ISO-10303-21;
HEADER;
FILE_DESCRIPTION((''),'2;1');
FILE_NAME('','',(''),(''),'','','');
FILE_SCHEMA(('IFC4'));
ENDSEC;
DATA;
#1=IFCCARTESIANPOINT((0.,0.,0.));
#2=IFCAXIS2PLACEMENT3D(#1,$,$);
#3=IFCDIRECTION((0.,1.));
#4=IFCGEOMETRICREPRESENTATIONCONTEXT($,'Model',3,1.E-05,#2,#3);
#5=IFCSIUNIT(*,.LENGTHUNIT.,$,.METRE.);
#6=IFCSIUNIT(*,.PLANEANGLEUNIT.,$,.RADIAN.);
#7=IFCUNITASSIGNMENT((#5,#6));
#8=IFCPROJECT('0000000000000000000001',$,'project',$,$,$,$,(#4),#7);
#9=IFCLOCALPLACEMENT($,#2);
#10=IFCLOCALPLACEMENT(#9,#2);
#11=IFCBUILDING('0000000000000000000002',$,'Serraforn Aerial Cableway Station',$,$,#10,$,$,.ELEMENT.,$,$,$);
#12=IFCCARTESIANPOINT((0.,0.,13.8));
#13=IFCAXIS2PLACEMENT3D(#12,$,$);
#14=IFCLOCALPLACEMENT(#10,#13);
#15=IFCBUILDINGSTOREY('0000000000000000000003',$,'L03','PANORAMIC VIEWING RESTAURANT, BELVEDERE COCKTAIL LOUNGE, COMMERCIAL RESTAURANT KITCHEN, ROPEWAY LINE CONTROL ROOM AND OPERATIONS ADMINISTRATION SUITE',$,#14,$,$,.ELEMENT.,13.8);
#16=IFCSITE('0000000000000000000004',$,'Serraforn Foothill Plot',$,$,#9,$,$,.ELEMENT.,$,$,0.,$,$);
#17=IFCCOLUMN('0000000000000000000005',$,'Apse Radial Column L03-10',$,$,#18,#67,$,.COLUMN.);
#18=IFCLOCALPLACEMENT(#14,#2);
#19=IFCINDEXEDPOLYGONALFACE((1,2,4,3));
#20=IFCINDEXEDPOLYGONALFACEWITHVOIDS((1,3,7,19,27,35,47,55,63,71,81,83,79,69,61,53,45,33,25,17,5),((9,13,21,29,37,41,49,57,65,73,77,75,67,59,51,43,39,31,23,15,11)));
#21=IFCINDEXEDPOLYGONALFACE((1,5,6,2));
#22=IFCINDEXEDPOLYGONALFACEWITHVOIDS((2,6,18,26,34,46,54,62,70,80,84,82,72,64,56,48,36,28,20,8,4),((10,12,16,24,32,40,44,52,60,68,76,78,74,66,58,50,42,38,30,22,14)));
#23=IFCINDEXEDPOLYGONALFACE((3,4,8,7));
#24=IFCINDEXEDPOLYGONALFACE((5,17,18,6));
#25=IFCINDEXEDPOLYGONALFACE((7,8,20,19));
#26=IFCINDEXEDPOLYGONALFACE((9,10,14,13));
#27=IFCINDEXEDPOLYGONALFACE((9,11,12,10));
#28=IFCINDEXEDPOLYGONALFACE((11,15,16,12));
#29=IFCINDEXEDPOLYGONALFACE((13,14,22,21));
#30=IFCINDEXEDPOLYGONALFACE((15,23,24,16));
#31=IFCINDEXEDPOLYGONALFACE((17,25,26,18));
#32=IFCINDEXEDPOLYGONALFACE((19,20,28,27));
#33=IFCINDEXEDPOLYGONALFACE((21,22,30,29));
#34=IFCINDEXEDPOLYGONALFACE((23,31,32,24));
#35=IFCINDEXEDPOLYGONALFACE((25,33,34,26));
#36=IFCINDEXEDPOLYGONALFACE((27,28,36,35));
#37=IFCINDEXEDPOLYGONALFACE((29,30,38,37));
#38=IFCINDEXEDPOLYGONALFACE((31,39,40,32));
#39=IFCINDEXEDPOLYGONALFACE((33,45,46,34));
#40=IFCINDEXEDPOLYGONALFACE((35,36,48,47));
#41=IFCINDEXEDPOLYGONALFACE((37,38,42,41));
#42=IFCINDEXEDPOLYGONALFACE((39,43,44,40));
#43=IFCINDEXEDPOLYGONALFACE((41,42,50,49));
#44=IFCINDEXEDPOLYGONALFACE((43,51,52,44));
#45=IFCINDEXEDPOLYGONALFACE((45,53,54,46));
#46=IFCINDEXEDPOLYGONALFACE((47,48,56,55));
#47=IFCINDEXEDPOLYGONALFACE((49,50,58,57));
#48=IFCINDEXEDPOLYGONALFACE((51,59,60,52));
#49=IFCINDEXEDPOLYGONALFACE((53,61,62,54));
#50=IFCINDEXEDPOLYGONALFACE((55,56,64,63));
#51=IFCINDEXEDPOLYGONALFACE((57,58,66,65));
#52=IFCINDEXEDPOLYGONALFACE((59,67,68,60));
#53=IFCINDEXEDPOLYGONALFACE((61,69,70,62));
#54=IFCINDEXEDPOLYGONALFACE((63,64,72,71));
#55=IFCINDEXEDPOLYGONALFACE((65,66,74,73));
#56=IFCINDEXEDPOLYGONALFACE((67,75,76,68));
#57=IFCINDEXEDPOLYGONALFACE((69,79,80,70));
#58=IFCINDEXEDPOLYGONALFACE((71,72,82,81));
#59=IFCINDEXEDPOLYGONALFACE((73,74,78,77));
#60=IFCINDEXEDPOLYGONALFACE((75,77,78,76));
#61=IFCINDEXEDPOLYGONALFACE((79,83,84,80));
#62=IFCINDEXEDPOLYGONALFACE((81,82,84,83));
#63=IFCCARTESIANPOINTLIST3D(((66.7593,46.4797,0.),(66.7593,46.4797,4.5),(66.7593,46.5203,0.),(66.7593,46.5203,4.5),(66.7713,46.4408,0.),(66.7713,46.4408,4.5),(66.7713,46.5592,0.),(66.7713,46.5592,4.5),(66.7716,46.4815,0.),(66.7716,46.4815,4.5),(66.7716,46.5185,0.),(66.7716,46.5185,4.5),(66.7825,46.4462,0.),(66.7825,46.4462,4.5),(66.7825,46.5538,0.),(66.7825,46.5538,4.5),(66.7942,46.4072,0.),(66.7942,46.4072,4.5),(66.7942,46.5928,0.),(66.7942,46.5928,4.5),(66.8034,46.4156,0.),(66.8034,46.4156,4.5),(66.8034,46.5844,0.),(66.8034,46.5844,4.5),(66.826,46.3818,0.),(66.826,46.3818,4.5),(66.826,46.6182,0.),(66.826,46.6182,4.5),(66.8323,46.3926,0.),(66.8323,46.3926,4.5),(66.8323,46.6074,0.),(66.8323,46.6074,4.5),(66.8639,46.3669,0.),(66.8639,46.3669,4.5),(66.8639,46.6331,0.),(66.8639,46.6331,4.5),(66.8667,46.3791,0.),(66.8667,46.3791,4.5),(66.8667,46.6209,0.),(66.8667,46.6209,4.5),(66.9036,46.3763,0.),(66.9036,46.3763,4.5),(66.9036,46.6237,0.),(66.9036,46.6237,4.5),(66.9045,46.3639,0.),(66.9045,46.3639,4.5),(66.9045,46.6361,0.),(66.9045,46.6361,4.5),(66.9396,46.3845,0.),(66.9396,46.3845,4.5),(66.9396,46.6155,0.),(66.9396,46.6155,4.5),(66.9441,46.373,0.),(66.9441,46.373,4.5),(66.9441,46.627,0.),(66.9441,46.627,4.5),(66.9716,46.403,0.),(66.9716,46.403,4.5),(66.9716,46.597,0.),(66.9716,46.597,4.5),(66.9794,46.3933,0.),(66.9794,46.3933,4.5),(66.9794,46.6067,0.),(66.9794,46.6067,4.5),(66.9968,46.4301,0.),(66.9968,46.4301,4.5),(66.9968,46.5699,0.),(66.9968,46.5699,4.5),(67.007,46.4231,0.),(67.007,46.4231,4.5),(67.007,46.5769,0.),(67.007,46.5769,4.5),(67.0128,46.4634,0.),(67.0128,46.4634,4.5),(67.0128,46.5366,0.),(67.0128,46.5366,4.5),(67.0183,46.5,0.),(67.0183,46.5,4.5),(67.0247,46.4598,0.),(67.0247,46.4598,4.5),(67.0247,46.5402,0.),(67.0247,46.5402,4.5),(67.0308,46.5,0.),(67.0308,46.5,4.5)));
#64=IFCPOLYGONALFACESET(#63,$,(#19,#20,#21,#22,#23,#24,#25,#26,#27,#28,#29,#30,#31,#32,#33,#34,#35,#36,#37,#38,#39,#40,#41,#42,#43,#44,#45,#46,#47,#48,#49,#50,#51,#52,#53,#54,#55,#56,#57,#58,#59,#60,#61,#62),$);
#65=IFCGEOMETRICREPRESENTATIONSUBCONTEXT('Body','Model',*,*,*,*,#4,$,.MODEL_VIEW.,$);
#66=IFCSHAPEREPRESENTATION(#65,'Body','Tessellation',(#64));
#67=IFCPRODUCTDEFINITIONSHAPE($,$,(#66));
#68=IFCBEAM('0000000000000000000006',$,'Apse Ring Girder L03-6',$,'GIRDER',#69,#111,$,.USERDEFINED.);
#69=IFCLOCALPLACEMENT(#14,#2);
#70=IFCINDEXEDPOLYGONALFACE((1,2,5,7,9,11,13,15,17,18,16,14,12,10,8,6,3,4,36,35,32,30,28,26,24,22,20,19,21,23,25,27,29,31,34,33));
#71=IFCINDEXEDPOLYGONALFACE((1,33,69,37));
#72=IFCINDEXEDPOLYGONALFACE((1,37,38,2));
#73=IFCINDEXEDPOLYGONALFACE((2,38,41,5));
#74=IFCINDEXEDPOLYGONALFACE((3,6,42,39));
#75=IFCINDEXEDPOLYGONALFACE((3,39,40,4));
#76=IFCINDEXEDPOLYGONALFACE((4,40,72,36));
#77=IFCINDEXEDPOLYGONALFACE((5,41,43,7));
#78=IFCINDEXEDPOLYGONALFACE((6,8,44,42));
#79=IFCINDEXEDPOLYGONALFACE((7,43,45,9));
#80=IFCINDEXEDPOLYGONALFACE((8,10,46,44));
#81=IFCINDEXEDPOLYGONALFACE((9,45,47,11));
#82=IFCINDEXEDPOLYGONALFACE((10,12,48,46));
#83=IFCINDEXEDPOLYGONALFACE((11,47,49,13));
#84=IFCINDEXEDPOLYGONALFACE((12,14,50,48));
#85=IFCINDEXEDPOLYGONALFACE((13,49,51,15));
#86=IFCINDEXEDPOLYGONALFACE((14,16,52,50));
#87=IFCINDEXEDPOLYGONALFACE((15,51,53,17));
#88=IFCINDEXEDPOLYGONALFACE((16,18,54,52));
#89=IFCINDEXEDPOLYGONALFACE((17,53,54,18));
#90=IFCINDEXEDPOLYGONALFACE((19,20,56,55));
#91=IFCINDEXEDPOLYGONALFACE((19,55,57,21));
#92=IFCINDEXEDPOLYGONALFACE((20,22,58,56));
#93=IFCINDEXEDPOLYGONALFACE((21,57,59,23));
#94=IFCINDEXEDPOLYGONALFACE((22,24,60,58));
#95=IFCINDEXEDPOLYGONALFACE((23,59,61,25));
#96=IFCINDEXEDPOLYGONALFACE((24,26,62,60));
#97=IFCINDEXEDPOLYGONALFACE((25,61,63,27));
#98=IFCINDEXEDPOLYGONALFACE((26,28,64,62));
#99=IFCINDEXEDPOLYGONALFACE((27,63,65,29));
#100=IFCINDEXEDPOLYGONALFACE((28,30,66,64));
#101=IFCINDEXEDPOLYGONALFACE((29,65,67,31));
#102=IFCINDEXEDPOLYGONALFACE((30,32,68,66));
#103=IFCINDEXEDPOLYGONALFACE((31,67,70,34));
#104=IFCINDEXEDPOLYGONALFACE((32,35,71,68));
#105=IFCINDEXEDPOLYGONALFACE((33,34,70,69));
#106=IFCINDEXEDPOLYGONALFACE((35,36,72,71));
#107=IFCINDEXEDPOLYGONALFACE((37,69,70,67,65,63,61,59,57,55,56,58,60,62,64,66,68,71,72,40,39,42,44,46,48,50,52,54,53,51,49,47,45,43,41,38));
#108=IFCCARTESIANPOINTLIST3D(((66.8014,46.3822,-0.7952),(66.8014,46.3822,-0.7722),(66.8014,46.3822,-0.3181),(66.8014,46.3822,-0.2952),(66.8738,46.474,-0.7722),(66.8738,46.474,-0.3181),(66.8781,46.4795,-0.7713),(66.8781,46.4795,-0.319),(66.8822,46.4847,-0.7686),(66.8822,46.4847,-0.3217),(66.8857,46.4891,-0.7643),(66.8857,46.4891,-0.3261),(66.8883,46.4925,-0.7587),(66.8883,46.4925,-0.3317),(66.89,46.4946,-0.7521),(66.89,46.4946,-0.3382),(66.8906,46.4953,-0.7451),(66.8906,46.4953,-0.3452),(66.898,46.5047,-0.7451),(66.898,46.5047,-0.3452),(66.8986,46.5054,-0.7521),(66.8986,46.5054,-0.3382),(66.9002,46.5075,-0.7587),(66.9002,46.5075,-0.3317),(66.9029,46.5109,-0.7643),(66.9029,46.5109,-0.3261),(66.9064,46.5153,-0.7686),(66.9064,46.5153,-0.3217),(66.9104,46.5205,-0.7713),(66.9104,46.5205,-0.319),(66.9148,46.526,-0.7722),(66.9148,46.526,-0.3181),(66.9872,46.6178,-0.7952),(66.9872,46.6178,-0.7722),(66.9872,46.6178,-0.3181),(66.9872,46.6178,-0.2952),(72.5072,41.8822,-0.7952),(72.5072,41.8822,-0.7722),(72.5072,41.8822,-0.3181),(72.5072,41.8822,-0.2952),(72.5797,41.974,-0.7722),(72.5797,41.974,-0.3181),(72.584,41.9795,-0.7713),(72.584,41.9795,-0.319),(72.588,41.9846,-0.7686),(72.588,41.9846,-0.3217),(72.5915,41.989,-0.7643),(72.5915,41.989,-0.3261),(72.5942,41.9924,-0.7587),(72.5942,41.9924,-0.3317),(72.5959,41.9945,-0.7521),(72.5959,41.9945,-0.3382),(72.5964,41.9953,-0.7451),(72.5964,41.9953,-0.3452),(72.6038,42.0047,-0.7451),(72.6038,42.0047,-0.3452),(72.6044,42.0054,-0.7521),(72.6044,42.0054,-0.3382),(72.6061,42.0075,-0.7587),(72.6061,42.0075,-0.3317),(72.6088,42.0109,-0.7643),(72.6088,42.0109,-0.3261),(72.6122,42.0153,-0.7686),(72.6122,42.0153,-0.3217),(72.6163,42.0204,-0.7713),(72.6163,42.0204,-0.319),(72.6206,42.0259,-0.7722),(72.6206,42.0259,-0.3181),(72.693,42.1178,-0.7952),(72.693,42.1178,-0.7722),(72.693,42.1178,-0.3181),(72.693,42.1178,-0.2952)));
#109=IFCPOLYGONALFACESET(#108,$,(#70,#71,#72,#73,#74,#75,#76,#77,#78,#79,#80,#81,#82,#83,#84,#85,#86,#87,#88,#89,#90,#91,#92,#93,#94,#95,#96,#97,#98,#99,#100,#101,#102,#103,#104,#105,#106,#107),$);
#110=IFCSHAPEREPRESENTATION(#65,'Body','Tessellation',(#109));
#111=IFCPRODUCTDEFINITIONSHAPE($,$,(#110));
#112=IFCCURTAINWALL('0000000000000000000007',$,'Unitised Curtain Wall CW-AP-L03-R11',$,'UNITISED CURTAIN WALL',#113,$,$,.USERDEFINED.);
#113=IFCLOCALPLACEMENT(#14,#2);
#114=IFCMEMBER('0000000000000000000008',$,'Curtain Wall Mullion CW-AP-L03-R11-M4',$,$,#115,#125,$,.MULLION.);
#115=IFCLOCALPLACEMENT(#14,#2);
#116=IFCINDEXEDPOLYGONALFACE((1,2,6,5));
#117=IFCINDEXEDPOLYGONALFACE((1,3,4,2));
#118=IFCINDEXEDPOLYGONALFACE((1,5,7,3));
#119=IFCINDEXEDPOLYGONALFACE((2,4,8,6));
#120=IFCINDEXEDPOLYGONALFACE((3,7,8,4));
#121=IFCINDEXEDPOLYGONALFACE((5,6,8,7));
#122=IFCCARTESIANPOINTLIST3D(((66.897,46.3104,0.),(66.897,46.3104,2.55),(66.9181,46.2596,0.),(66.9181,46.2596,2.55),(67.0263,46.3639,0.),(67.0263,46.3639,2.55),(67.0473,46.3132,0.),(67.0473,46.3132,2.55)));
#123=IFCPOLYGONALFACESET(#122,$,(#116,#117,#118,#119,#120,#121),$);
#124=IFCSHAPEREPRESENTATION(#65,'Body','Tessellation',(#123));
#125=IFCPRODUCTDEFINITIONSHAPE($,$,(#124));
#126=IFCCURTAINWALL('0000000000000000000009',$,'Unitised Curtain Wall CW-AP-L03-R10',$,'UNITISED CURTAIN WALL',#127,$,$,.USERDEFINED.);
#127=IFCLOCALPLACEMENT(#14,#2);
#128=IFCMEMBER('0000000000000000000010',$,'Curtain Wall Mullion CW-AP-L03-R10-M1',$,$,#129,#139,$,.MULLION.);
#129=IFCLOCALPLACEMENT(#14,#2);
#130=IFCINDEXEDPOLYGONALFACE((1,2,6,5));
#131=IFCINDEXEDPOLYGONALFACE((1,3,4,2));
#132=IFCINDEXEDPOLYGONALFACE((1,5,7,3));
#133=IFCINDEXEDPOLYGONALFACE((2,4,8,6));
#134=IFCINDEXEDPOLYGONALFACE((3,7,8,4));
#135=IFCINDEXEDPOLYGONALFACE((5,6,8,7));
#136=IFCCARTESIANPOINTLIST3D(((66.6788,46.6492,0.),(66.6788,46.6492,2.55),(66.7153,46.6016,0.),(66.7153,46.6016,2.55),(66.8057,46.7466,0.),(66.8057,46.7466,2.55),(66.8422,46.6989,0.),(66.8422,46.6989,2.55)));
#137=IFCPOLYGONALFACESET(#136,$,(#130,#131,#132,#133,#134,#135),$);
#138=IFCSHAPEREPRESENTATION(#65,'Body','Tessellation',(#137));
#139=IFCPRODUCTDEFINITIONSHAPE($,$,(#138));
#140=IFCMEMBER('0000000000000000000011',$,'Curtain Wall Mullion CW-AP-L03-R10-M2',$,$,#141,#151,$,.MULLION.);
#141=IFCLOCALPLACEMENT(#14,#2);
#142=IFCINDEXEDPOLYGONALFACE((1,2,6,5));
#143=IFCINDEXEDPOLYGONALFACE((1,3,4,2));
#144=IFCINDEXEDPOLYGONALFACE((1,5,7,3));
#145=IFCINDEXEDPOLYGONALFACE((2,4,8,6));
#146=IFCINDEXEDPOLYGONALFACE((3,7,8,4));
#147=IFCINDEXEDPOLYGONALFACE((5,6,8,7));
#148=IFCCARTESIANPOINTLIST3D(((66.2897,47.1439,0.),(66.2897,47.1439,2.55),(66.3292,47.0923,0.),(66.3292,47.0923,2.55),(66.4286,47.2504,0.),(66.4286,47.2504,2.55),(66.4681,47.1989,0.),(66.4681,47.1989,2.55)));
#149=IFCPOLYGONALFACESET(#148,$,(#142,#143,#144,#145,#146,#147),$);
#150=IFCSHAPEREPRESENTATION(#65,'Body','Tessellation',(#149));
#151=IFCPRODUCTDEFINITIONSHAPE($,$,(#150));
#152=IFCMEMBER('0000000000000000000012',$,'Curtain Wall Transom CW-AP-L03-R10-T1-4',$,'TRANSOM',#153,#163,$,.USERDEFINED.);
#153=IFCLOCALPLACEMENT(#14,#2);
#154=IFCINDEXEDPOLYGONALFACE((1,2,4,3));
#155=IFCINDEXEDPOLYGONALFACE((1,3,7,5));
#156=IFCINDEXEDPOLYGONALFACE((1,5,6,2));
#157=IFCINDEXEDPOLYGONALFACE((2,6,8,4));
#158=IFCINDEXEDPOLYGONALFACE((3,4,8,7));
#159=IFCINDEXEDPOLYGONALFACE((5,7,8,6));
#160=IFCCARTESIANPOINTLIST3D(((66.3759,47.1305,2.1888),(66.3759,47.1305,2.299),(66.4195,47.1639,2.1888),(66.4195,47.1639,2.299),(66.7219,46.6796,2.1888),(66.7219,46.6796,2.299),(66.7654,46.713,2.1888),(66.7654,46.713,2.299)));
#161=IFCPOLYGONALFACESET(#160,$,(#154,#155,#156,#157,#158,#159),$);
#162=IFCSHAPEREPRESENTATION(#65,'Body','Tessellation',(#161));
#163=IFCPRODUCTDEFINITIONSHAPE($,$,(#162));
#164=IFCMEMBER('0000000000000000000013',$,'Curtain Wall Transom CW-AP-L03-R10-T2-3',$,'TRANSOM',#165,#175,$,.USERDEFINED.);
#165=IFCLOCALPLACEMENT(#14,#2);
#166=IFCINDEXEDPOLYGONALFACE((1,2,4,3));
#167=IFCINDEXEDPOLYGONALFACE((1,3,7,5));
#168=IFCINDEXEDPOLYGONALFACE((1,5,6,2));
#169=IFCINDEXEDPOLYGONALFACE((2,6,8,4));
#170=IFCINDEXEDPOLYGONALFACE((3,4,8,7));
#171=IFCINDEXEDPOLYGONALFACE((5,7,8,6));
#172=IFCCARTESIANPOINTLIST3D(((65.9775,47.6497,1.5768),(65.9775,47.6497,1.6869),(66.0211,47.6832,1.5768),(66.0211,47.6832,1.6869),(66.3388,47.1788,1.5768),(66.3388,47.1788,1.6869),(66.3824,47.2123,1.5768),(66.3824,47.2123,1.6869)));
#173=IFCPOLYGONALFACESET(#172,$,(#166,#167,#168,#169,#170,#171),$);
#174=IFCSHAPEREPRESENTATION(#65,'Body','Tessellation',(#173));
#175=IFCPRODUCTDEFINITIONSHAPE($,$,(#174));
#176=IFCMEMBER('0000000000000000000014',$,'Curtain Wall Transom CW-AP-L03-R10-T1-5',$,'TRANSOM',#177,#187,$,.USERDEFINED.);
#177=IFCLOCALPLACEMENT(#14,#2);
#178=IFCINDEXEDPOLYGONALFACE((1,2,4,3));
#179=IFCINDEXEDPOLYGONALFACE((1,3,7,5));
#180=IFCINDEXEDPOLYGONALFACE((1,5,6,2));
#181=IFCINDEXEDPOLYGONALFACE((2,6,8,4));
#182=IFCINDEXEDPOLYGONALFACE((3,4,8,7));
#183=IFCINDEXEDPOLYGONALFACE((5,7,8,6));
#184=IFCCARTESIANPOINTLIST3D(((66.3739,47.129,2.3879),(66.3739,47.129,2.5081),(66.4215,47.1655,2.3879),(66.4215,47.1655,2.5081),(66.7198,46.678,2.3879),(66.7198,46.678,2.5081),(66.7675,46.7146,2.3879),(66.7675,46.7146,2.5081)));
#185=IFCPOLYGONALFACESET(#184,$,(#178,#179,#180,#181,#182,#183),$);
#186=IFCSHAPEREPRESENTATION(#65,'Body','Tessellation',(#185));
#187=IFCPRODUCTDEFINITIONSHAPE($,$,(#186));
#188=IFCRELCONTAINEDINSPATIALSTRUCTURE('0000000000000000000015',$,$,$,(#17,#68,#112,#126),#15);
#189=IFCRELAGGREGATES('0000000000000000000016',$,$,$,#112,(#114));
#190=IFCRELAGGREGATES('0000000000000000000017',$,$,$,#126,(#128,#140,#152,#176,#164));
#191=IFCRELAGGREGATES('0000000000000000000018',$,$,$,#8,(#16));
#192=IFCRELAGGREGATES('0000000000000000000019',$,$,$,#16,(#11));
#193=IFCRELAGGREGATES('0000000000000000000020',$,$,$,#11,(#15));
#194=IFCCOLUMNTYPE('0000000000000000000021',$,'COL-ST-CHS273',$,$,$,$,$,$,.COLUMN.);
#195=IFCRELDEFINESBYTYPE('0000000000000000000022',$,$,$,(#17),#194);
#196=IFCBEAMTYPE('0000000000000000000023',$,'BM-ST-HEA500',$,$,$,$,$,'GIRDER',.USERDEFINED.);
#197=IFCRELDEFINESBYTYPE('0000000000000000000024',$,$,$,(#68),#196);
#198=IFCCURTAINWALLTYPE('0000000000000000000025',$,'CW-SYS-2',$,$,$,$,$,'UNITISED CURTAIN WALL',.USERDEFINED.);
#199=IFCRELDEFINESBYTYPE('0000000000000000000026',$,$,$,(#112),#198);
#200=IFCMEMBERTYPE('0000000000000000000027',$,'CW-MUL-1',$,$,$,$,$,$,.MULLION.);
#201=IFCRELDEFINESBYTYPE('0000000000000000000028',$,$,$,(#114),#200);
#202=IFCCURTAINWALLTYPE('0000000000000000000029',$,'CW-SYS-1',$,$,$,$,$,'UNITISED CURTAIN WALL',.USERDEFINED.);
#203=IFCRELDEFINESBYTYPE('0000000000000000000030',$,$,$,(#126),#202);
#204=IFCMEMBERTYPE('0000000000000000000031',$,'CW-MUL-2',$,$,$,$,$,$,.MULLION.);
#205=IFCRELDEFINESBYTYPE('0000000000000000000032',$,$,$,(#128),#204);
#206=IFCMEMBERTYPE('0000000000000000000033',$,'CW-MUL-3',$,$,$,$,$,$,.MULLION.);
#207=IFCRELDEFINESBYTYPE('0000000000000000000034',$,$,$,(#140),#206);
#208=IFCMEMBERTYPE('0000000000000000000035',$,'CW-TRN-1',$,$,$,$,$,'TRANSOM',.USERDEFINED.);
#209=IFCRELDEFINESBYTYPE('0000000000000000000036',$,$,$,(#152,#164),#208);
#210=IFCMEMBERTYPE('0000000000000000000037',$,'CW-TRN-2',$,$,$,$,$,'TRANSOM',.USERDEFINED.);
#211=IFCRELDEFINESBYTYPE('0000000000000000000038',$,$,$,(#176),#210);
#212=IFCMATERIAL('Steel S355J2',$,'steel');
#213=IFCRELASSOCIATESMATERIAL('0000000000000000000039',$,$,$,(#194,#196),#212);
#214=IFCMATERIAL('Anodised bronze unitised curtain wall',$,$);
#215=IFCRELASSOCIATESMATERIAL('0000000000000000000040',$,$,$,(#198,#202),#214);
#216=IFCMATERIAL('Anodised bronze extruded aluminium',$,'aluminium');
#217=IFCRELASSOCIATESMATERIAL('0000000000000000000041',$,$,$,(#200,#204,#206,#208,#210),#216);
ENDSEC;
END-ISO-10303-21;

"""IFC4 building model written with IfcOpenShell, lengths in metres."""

from ifc_helpers import new_model, si_unit, direction, frame, origin, origin_2d, place, context, subcontext, project, spatial, rectangle, hollow_circle, i_section, extrude, material, material_profile, profile_set, type_object, element, aggregate, save


model = new_model("IFC4")

# Units and contexts
model_context = context("Model", 3, precision=1e-05, world=origin(), true_north=direction((0.0, 1.0)))
body_context = subcontext(model_context, "Body", "Model", "MODEL_VIEW")
ifc_project = project(units=[si_unit("LENGTHUNIT", "METRE"), si_unit("PLANEANGLEUNIT", "RADIAN")], contexts=[model_context])

# Site, building, storey
site_placement = place(None, origin())
site = spatial("IfcSite", under=ifc_project, at=site_placement, Name="Serraforn Foothill Plot", CompositionType="ELEMENT", RefElevation=0.0)
building_placement = place(site_placement, origin())
building = spatial("IfcBuilding", under=site, at=building_placement, Name="Serraforn Aerial Cableway Station", CompositionType="ELEMENT")
storey_placement = place(building_placement, frame((0.0, 0.0, 13.8)))
storey = spatial("IfcBuildingStorey", under=building, at=storey_placement, Name="L03", Description="PANORAMIC VIEWING RESTAURANT, BELVEDERE COCKTAIL LOUNGE, COMMERCIAL RESTAURANT KITCHEN, ROPEWAY LINE CONTROL ROOM AND OPERATIONS ADMINISTRATION SUITE", CompositionType="ELEMENT", Elevation=13.8)

# Column
ifc_material_1 = material(Name="Steel S355J2", Category="steel")
ifc_material_profile_1 = material_profile(ifc_material_1, hollow_circle(Radius=0.1365, WallThickness=0.0125, at=origin_2d()), Name="CHS 273.0x12.5")
ifc_profile_set_1 = profile_set([ifc_material_profile_1], Name="Steel S355J2")
column_type = type_object("IfcColumnType", Name="COL-ST-CHS273", PredefinedType="COLUMN", material=ifc_profile_set_1)
column_placement = place(storey_placement, frame((66.8943, 46.5, 0.0), z_axis=(0.0, 0.0, 1.0), x_axis=(1.0, 0.0, 0.0)))
element("IfcColumn", 1, at=column_placement, inside=storey, type_object=column_type, Name="Apse Radial Column L03-10", PredefinedType="COLUMN", context=body_context, shape_type="SweptSolid", body=[
    extrude(hollow_circle(Radius=0.1365, WallThickness=0.0125, at=origin_2d()), origin(), (0.0, 0.0, 1.0), 4.5),
])

# Beam
ifc_material_profile_2 = material_profile(ifc_material_1, i_section(OverallWidth=0.3, OverallDepth=0.5, WebThickness=0.012, FlangeThickness=0.0229, FilletRadius=0.0271, at=origin_2d()), Name="HEA 500")
ifc_profile_set_2 = profile_set([ifc_material_profile_2], Name="Steel S355J2")
beam_type = type_object("IfcBeamType", Name="BM-ST-HEA500", ElementType="GIRDER", PredefinedType="USERDEFINED", material=ifc_profile_set_2)
beam_placement = place(storey_placement, frame((66.8943, 46.5, -0.5452), z_axis=(0.78519, -0.619255, 0.0), x_axis=(0.619255, 0.78519, 0.0)))
element("IfcBeam", 2, at=beam_placement, inside=storey, type_object=beam_type, Name="Apse Ring Girder L03-6", ObjectType="GIRDER", PredefinedType="USERDEFINED", context=body_context, shape_type="SweptSolid", body=[
    extrude(i_section(OverallWidth=0.3, OverallDepth=0.5, WebThickness=0.012, FlangeThickness=0.0229, FilletRadius=0.0271, at=origin_2d()), origin(), (0.0, 0.0, 1.0), 7.2668),
])

# Curtain wall, member
ifc_material_2 = material(Name="Anodised bronze unitised curtain wall")
curtain_wall_type_1 = type_object("IfcCurtainWallType", Name="CW-SYS-2", ElementType="UNITISED CURTAIN WALL", PredefinedType="USERDEFINED", material=ifc_material_2)
curtain_wall_1_placement = place(storey_placement, origin())
curtain_wall_1 = element("IfcCurtainWall", 3, at=curtain_wall_1_placement, inside=storey, type_object=curtain_wall_type_1, Name="Unitised Curtain Wall CW-AP-L03-R11", ObjectType="UNITISED CURTAIN WALL", PredefinedType="USERDEFINED")
ifc_material_3 = material(Name="Anodised bronze extruded aluminium", Category="aluminium")
ifc_material_profile_3 = material_profile(ifc_material_3, rectangle(XDim=0.0549, YDim=0.1399, at=origin_2d()), Name="CW MULLION 55x140")
ifc_profile_set_3 = profile_set([ifc_material_profile_3], Name="Anodised bronze extruded aluminium")
member_type_1 = type_object("IfcMemberType", Name="CW-MUL-1", PredefinedType="MULLION", material=ifc_profile_set_3)
member_1_placement = place(storey_placement, frame((66.9722, 46.3118, 0.0), z_axis=(0.0, 0.0, 1.0), x_axis=(-0.382666, 0.923887, 0.0)))
member_1 = element("IfcMember", 4, at=member_1_placement, type_object=member_type_1, Name="Curtain Wall Mullion CW-AP-L03-R11-M4", PredefinedType="MULLION", context=body_context, shape_type="SweptSolid", body=[
    extrude(rectangle(XDim=0.0549, YDim=0.1399, at=origin_2d()), origin(), (0.0, 0.0, 1.0), 2.55),
])

# Curtain wall, members
curtain_wall_type_2 = type_object("IfcCurtainWallType", Name="CW-SYS-1", ElementType="UNITISED CURTAIN WALL", PredefinedType="USERDEFINED", material=ifc_material_2)
curtain_wall_2_placement = place(storey_placement, origin())
curtain_wall_2 = element("IfcCurtainWall", 5, at=curtain_wall_2_placement, inside=storey, type_object=curtain_wall_type_2, Name="Unitised Curtain Wall CW-AP-L03-R10", ObjectType="UNITISED CURTAIN WALL", PredefinedType="USERDEFINED")
ifc_material_profile_4 = material_profile(ifc_material_3, rectangle(XDim=0.0601, YDim=0.1599, at=origin_2d()), Name="CW MULLION 60x160")
ifc_profile_set_4 = profile_set([ifc_material_profile_4], Name="Anodised bronze extruded aluminium")
member_type_2 = type_object("IfcMemberType", Name="CW-MUL-2", PredefinedType="MULLION", material=ifc_profile_set_4)
member_2_placement = place(storey_placement, frame((66.7605, 46.6741, 0.0), z_axis=(0.0, 0.0, 1.0), x_axis=(-0.608749, 0.793363, 0.0)))
member_2 = element("IfcMember", 6, at=member_2_placement, type_object=member_type_2, Name="Curtain Wall Mullion CW-AP-L03-R10-M1", PredefinedType="MULLION", context=body_context, shape_type="SweptSolid", body=[
    extrude(rectangle(XDim=0.0601, YDim=0.1599, at=origin_2d()), origin(), (0.0, 0.0, 1.0), 2.55),
])
ifc_material_profile_5 = material_profile(ifc_material_3, rectangle(XDim=0.0649, YDim=0.175, at=origin_2d()), Name="CW MULLION 65x175")
ifc_profile_set_5 = profile_set([ifc_material_profile_5], Name="Anodised bronze extruded aluminium")
member_type_3 = type_object("IfcMemberType", Name="CW-MUL-3", PredefinedType="MULLION", material=ifc_profile_set_5)
member_3_placement = place(storey_placement, frame((66.3789, 47.1714, 0.0), z_axis=(0.0, 0.0, 1.0), x_axis=(-0.608749, 0.793363, 0.0)))
member_3 = element("IfcMember", 7, at=member_3_placement, type_object=member_type_3, Name="Curtain Wall Mullion CW-AP-L03-R10-M2", PredefinedType="MULLION", context=body_context, shape_type="SweptSolid", body=[
    extrude(rectangle(XDim=0.0649, YDim=0.175, at=origin_2d()), origin(), (0.0, 0.0, 1.0), 2.55),
])
ifc_material_profile_6 = material_profile(ifc_material_3, rectangle(XDim=0.0549, YDim=0.1101, at=origin_2d()), Name="CW TRANSOM 55x110")
ifc_profile_set_6 = profile_set([ifc_material_profile_6], Name="Anodised bronze extruded aluminium")
member_type_4 = type_object("IfcMemberType", Name="CW-TRN-1", ElementType="TRANSOM", PredefinedType="USERDEFINED", material=ifc_profile_set_6)
member_4_placement = place(storey_placement, frame((66.7437, 46.6963, 2.2439), z_axis=(-0.608693, 0.793406, 0.0), x_axis=(-0.793406, -0.608693, 0.0)))
member_4 = element("IfcMember", 8, at=member_4_placement, type_object=member_type_4, Name="Curtain Wall Transom CW-AP-L03-R10-T1-4", ObjectType="TRANSOM", PredefinedType="USERDEFINED", context=body_context, shape_type="SweptSolid", body=[
    extrude(rectangle(XDim=0.0549, YDim=0.1101, at=origin_2d()), origin(), (0.0, 0.0, 1.0), 0.5684),
])
member_5_placement = place(storey_placement, frame((66.3606, 47.1956, 1.6318), z_axis=(-0.608716, 0.793388, 0.0), x_axis=(-0.793388, -0.608716, 0.0)))
member_5 = element("IfcMember", 9, at=member_5_placement, type_object=member_type_4, Name="Curtain Wall Transom CW-AP-L03-R10-T2-3", ObjectType="TRANSOM", PredefinedType="USERDEFINED", context=body_context, shape_type="SweptSolid", body=[
    extrude(rectangle(XDim=0.0549, YDim=0.1101, at=origin_2d()), origin(), (0.0, 0.0, 1.0), 0.5935),
])
ifc_material_profile_7 = material_profile(ifc_material_3, rectangle(XDim=0.0601, YDim=0.1201, at=origin_2d()), Name="CW TRANSOM 60x120")
ifc_profile_set_7 = profile_set([ifc_material_profile_7], Name="Anodised bronze extruded aluminium")
member_type_5 = type_object("IfcMemberType", Name="CW-TRN-2", ElementType="TRANSOM", PredefinedType="USERDEFINED", material=ifc_profile_set_7)
member_6_placement = place(storey_placement, frame((66.7437, 46.6963, 2.448), z_axis=(-0.608693, 0.793406, 0.0), x_axis=(-0.793406, -0.608693, 0.0)))
member_6 = element("IfcMember", 10, at=member_6_placement, type_object=member_type_5, Name="Curtain Wall Transom CW-AP-L03-R10-T1-5", ObjectType="TRANSOM", PredefinedType="USERDEFINED", context=body_context, shape_type="SweptSolid", body=[
    extrude(rectangle(XDim=0.0601, YDim=0.1201, at=origin_2d()), origin(), (0.0, 0.0, 1.0), 0.5684),
])

aggregate(curtain_wall_1, [member_1])
aggregate(curtain_wall_2, [member_2, member_3, member_4, member_6, member_5])

save(model, "model.ifc")
